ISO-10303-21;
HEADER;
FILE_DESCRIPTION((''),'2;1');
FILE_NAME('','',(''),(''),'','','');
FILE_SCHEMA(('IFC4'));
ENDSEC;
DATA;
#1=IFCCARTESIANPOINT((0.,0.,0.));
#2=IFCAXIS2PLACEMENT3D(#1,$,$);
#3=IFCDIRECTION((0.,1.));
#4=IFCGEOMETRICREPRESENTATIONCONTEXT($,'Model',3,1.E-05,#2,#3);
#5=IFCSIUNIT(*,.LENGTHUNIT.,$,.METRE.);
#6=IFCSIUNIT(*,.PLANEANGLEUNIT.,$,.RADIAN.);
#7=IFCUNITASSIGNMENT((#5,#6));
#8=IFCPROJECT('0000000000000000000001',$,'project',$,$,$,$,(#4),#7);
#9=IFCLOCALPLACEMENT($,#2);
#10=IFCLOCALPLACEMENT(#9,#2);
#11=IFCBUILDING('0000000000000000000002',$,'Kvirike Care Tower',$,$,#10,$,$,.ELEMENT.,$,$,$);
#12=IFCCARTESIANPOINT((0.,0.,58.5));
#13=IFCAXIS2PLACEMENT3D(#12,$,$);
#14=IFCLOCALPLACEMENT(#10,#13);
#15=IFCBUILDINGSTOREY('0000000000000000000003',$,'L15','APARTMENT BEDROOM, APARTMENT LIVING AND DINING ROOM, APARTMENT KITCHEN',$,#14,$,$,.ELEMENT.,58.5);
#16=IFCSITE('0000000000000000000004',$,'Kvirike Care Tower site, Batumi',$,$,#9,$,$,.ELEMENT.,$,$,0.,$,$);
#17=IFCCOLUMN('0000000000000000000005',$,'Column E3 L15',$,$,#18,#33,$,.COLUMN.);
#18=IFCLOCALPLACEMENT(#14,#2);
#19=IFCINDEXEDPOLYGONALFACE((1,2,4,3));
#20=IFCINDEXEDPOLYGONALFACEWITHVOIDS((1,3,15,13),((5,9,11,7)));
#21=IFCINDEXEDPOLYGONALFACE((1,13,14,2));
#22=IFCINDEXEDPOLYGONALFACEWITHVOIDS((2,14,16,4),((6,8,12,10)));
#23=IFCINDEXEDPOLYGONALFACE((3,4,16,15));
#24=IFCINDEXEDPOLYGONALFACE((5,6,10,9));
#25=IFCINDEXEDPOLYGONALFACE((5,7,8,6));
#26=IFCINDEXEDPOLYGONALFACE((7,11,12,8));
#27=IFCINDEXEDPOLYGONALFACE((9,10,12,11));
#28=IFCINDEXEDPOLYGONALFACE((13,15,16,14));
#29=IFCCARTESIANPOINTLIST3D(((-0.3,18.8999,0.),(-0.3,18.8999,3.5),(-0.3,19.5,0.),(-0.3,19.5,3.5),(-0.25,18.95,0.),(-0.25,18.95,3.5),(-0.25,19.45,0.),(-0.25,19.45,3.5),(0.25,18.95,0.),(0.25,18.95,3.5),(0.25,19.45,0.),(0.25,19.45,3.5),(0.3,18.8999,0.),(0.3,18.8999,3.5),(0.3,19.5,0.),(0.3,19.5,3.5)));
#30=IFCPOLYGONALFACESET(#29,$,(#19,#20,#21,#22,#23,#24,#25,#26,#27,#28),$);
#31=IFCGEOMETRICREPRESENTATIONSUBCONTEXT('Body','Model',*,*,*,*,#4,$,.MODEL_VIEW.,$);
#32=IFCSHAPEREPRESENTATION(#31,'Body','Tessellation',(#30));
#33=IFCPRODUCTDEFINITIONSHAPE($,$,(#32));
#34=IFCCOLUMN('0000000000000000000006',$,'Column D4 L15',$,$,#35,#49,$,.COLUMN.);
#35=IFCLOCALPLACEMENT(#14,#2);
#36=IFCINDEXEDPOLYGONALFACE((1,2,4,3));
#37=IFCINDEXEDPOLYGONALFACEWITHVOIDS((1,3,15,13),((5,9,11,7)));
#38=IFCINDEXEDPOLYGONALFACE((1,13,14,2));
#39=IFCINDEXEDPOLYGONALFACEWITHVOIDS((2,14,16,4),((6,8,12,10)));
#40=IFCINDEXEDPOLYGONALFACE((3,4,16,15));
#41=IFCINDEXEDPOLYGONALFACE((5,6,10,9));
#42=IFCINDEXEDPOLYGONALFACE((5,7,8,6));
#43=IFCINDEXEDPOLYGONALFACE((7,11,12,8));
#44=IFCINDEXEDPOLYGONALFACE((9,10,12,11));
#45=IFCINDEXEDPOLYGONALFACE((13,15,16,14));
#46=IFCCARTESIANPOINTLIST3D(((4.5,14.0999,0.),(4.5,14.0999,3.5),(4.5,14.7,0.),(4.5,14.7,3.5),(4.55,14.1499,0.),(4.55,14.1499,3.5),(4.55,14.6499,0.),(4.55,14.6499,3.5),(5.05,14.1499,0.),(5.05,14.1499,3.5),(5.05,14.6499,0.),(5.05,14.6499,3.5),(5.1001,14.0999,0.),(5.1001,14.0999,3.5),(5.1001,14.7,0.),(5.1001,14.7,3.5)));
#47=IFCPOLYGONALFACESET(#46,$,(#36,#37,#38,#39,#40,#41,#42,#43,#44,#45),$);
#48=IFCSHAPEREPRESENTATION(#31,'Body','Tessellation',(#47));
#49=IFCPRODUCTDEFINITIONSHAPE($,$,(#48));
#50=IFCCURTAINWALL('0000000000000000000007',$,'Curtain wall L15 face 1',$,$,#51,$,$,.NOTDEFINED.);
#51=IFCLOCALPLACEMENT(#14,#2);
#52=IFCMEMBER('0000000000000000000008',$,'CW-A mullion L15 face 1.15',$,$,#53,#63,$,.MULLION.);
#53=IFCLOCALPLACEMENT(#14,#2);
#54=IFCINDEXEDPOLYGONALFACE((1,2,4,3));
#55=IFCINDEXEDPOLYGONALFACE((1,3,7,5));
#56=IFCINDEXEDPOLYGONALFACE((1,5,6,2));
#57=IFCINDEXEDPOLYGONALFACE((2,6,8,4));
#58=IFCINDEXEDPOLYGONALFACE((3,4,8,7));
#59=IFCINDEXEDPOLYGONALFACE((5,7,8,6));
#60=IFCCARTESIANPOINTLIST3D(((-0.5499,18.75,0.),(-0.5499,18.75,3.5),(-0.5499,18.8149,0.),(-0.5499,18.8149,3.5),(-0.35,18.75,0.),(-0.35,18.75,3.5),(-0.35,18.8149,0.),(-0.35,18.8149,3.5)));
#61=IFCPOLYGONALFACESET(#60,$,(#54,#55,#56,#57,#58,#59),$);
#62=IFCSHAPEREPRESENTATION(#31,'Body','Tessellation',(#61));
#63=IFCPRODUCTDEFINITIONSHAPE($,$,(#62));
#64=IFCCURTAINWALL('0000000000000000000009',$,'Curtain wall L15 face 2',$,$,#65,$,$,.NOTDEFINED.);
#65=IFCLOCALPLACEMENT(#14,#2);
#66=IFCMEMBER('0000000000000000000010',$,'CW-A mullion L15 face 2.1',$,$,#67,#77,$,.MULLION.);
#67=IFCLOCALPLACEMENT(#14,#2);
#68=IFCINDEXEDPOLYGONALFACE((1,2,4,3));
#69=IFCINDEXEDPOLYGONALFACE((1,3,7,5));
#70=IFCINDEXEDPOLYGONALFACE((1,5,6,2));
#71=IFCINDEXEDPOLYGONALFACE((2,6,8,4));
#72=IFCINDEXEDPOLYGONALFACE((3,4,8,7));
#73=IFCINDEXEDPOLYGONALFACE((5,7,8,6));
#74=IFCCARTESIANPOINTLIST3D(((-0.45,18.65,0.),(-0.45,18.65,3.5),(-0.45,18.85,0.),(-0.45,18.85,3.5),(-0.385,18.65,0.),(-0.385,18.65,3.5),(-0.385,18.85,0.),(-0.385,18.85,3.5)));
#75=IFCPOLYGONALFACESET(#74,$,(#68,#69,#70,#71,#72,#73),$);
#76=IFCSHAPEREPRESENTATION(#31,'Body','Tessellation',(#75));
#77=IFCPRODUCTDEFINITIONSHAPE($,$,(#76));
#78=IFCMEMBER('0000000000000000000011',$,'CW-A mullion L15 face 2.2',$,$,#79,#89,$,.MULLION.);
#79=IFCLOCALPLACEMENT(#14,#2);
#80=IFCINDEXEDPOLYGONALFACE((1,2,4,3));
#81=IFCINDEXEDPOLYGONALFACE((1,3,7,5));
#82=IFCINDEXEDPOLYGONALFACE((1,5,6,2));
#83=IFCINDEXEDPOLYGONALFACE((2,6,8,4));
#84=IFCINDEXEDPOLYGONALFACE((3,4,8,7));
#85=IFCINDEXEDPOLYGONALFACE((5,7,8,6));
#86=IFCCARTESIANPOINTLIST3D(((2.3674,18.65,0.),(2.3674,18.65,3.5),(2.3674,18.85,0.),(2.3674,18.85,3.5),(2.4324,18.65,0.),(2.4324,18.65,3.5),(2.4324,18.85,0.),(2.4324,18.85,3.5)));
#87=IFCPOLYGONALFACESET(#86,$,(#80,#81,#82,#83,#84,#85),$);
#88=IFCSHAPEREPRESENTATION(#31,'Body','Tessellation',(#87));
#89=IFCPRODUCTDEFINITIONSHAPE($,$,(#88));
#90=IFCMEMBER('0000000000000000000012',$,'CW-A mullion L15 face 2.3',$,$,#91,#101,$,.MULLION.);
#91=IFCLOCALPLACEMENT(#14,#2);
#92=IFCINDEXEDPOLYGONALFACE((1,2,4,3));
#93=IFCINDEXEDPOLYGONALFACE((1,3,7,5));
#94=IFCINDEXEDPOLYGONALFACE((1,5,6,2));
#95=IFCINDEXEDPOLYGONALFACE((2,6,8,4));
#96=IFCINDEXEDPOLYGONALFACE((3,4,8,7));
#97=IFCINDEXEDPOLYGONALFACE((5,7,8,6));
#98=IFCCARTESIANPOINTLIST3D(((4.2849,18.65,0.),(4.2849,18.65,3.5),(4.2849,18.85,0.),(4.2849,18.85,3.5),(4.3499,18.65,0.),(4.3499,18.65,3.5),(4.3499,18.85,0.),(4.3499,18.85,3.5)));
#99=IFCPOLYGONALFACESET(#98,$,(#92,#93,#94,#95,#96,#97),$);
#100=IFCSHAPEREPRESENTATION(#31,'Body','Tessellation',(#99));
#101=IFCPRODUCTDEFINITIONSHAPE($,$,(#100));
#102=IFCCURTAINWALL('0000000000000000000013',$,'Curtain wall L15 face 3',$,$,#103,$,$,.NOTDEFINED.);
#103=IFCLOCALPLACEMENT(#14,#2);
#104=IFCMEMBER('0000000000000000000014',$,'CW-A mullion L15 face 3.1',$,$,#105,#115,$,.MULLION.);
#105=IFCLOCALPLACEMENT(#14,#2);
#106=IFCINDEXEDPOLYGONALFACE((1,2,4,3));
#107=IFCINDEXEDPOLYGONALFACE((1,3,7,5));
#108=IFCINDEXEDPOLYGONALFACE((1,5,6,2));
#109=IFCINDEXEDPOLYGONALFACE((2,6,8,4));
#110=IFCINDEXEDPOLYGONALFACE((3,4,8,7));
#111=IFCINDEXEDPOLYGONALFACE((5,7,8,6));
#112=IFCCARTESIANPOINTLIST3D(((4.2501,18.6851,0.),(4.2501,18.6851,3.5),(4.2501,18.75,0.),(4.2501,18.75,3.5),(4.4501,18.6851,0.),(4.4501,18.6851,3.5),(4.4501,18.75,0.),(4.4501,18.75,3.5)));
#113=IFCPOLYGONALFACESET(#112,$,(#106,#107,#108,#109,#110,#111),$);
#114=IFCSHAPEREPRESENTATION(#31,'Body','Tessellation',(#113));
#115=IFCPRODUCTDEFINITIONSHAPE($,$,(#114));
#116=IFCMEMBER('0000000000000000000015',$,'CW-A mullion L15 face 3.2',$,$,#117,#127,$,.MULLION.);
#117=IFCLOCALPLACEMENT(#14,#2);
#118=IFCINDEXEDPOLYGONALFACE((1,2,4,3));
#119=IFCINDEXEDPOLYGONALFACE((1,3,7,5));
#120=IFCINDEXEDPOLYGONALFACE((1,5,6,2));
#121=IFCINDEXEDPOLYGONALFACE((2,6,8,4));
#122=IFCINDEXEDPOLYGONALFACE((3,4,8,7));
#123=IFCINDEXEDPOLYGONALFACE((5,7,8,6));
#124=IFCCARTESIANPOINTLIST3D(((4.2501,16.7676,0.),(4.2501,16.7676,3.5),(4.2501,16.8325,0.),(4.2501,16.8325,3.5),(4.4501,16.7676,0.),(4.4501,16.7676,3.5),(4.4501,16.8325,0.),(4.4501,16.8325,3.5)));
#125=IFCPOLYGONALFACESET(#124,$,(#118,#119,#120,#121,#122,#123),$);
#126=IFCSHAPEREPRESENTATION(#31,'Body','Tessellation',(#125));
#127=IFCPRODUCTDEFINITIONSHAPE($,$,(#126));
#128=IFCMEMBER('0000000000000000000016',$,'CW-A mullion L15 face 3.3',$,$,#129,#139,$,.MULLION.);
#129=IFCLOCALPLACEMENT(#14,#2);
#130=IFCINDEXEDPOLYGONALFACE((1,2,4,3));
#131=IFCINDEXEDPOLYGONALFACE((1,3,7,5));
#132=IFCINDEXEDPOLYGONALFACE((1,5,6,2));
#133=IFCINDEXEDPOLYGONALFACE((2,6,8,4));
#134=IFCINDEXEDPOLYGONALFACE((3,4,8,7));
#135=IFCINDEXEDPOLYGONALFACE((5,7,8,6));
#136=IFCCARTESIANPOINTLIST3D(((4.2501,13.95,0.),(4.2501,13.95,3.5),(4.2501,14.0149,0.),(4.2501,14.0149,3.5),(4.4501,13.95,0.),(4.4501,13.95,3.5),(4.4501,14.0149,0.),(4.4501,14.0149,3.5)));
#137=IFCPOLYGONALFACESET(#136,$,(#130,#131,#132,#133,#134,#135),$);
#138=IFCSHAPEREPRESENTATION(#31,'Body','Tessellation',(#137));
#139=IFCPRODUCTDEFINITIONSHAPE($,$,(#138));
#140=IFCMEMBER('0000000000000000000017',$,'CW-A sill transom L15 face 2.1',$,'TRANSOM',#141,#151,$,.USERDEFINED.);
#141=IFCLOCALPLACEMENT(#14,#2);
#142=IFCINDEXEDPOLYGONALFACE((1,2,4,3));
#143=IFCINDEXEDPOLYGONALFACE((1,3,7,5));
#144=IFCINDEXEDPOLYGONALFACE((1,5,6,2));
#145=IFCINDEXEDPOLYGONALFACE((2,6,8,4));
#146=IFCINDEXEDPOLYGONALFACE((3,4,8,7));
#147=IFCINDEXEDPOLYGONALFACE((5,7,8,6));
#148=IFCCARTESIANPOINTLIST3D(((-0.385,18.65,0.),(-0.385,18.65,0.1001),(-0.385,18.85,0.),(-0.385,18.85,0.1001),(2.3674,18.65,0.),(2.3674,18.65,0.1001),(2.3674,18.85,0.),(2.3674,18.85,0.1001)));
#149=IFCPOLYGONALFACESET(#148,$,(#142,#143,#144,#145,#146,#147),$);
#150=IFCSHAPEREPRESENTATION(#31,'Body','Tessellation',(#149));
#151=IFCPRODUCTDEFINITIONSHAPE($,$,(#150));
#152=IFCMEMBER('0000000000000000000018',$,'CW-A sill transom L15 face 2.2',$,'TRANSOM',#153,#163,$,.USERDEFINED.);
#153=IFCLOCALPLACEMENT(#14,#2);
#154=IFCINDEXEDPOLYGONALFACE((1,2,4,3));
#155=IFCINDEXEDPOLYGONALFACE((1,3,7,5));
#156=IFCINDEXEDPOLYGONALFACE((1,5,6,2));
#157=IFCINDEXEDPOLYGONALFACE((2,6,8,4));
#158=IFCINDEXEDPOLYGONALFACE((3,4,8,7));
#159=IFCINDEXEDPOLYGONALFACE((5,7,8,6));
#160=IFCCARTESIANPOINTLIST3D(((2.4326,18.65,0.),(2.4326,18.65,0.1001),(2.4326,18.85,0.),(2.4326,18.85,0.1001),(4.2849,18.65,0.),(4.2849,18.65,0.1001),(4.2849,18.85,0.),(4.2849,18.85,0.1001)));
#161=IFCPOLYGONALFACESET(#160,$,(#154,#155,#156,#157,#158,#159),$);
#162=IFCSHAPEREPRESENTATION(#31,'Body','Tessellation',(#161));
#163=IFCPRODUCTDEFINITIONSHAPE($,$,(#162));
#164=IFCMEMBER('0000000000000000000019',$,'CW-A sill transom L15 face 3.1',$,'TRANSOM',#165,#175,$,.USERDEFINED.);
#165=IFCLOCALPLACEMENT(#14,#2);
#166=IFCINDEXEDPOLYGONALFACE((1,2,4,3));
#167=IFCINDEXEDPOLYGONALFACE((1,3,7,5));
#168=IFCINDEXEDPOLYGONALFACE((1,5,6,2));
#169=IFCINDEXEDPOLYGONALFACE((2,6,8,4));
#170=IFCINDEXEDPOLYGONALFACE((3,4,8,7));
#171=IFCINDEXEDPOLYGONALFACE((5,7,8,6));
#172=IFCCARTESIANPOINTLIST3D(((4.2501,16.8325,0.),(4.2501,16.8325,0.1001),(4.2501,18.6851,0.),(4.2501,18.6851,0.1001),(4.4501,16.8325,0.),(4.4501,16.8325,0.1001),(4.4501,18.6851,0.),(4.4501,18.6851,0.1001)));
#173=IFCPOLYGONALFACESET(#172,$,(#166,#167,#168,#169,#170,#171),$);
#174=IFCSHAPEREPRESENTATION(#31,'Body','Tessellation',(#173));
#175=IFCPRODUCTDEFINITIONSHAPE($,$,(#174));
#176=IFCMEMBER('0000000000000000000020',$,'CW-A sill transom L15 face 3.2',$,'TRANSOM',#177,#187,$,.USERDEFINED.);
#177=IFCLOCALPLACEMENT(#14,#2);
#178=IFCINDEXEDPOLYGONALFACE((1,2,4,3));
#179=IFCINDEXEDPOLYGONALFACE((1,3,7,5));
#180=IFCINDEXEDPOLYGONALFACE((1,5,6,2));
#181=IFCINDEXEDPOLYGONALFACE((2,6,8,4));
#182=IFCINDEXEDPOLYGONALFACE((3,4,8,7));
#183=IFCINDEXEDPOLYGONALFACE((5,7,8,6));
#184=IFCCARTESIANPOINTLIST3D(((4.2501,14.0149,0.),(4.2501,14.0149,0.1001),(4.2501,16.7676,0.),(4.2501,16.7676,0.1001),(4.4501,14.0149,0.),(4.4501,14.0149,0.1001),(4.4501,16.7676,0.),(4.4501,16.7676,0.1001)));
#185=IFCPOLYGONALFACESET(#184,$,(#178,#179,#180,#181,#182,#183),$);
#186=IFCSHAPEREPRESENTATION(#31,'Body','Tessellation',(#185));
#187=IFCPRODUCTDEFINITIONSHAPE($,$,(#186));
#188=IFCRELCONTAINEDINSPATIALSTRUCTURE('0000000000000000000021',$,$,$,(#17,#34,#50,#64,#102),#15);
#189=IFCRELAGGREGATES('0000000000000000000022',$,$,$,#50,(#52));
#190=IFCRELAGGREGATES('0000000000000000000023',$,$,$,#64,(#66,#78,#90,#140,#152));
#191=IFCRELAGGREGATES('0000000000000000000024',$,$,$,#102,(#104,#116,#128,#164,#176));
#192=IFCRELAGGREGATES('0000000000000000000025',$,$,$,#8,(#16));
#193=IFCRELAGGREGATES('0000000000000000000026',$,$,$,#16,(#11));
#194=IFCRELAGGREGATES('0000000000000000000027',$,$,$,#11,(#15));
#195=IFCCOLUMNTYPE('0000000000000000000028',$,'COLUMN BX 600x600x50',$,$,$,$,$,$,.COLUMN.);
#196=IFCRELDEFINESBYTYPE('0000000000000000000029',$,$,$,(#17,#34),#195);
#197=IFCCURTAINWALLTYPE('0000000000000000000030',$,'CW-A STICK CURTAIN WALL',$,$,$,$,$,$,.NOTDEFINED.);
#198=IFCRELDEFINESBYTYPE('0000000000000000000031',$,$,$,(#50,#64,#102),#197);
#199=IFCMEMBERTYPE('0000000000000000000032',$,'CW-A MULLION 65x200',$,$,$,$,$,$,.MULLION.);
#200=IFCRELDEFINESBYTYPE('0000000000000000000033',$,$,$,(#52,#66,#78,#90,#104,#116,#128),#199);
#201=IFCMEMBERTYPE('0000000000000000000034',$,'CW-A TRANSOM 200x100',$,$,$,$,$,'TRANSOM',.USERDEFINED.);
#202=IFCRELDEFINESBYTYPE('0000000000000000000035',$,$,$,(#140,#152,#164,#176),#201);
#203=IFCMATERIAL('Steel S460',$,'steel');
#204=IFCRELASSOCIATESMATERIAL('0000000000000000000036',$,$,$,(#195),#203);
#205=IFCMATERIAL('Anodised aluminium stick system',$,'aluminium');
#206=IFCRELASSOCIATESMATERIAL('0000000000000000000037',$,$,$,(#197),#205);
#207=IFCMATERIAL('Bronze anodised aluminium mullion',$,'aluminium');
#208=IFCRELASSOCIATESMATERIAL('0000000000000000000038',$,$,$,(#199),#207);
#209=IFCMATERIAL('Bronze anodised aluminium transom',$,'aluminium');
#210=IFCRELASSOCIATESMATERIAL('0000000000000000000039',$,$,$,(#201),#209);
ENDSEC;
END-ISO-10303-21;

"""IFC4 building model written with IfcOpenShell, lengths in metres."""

from ifc_helpers import new_model, si_unit, direction, frame, origin, origin_2d, place, context, subcontext, project, spatial, rectangle, hollow_rectangle, extrude, material, material_profile, profile_set, type_object, element, aggregate, save


model = new_model("IFC4")

# Units and contexts
model_context = context("Model", 3, precision=1e-05, world=origin(), true_north=direction((0.0, 1.0)))
body_context = subcontext(model_context, "Body", "Model", "MODEL_VIEW")
ifc_project = project(units=[si_unit("LENGTHUNIT", "METRE"), si_unit("PLANEANGLEUNIT", "RADIAN")], contexts=[model_context])

# Site, building, storey
site_placement = place(None, origin())
site = spatial("IfcSite", under=ifc_project, at=site_placement, Name="Kvirike Care Tower site, Batumi", CompositionType="ELEMENT", RefElevation=0.0)
building_placement = place(site_placement, origin())
building = spatial("IfcBuilding", under=site, at=building_placement, Name="Kvirike Care Tower", CompositionType="ELEMENT")
storey_placement = place(building_placement, frame((0.0, 0.0, 58.5)))
storey = spatial("IfcBuildingStorey", under=building, at=storey_placement, Name="L15", Description="APARTMENT BEDROOM, APARTMENT LIVING AND DINING ROOM, APARTMENT KITCHEN", CompositionType="ELEMENT", Elevation=58.5)

# Columns
ifc_material_1 = material(Name="Steel S460", Category="steel")
ifc_material_profile_1 = material_profile(ifc_material_1, hollow_rectangle(XDim=0.6001, YDim=0.6001, WallThickness=0.05, at=origin_2d()), Name="BX 600x600x50")
ifc_profile_set_1 = profile_set([ifc_material_profile_1], Name="Steel S460")
column_type = type_object("IfcColumnType", Name="COLUMN BX 600x600x50", PredefinedType="COLUMN", material=ifc_profile_set_1)
for number, where, z_axis, x_axis, name in (
    (1, (0.0, 19.2, 0.0), (0.0, 0.0, 1.0), (0.0, 1.0, 0.0), "Column E3 L15"),
    (2, (4.8, 14.3999, 0.0), (0.0, 0.0, 1.0), (0.0, 1.0, 0.0), "Column D4 L15"),
):
    element("IfcColumn", number, at=place(storey_placement, frame(where, z_axis=z_axis, x_axis=x_axis)), inside=storey, type_object=column_type, Name=name, PredefinedType="COLUMN", context=body_context, shape_type="SweptSolid", body=[
        extrude(hollow_rectangle(XDim=0.6001, YDim=0.6001, WallThickness=0.05, at=origin_2d()), origin(), (0.0, 0.0, 1.0), 3.5),
    ])

# Curtain wall, member
ifc_material_2 = material(Name="Anodised aluminium stick system", Category="aluminium")
curtain_wall_type = type_object("IfcCurtainWallType", Name="CW-A STICK CURTAIN WALL", PredefinedType="NOTDEFINED", material=ifc_material_2)
curtain_wall_1_placement = place(storey_placement, origin())
curtain_wall_1 = element("IfcCurtainWall", 3, at=curtain_wall_1_placement, inside=storey, type_object=curtain_wall_type, Name="Curtain wall L15 face 1", PredefinedType="NOTDEFINED")
ifc_material_3 = material(Name="Bronze anodised aluminium mullion", Category="aluminium")
ifc_material_profile_2 = material_profile(ifc_material_3, rectangle(XDim=0.0649, YDim=0.2, at=origin_2d()), Name="CW-A MULLION 65x200")
ifc_profile_set_2 = profile_set([ifc_material_profile_2], Name="Bronze anodised aluminium mullion")
member_type_1 = type_object("IfcMemberType", Name="CW-A MULLION 65x200", PredefinedType="MULLION", material=ifc_profile_set_2)
member_1_placement = place(storey_placement, frame((-0.45, 18.7825, 0.0), z_axis=(0.0, 0.0, 1.0), x_axis=(0.0, -1.0, 0.0)))
member_1 = element("IfcMember", 4, at=member_1_placement, type_object=member_type_1, Name="CW-A mullion L15 face 1.15", PredefinedType="MULLION", context=body_context, shape_type="SweptSolid", body=[
    extrude(rectangle(XDim=0.0649, YDim=0.2, at=origin_2d()), origin(), (0.0, 0.0, 1.0), 3.5),
])

# Curtain walls, members
curtain_wall_2_placement = place(storey_placement, origin())
curtain_wall_2 = element("IfcCurtainWall", 5, at=curtain_wall_2_placement, inside=storey, type_object=curtain_wall_type, Name="Curtain wall L15 face 2", PredefinedType="NOTDEFINED")
member_2_placement = place(storey_placement, frame((-0.4175, 18.75, 0.0), z_axis=(0.0, 0.0, 1.0), x_axis=(1.0, 0.0, 0.0)))
member_2 = element("IfcMember", 6, at=member_2_placement, type_object=member_type_1, Name="CW-A mullion L15 face 2.1", PredefinedType="MULLION", context=body_context, shape_type="SweptSolid", body=[
    extrude(rectangle(XDim=0.0649, YDim=0.2, at=origin_2d()), origin(), (0.0, 0.0, 1.0), 3.5),
])
member_3_placement = place(storey_placement, frame((2.3999, 18.75, 0.0), z_axis=(0.0, 0.0, 1.0), x_axis=(1.0, 0.0, 0.0)))
member_3 = element("IfcMember", 7, at=member_3_placement, type_object=member_type_1, Name="CW-A mullion L15 face 2.2", PredefinedType="MULLION", context=body_context, shape_type="SweptSolid", body=[
    extrude(rectangle(XDim=0.0649, YDim=0.2, at=origin_2d()), origin(), (0.0, 0.0, 1.0), 3.5),
])
member_4_placement = place(storey_placement, frame((4.3174, 18.75, 0.0), z_axis=(0.0, 0.0, 1.0), x_axis=(1.0, 0.0, 0.0)))
member_4 = element("IfcMember", 8, at=member_4_placement, type_object=member_type_1, Name="CW-A mullion L15 face 2.3", PredefinedType="MULLION", context=body_context, shape_type="SweptSolid", body=[
    extrude(rectangle(XDim=0.0649, YDim=0.2, at=origin_2d()), origin(), (0.0, 0.0, 1.0), 3.5),
])
curtain_wall_3_placement = place(storey_placement, origin())
curtain_wall_3 = element("IfcCurtainWall", 9, at=curtain_wall_3_placement, inside=storey, type_object=curtain_wall_type, Name="Curtain wall L15 face 3", PredefinedType="NOTDEFINED")
member_5_placement = place(storey_placement, frame((4.3501, 18.7175, 0.0), z_axis=(0.0, 0.0, 1.0), x_axis=(0.0, -1.0, 0.0)))
member_5 = element("IfcMember", 10, at=member_5_placement, type_object=member_type_1, Name="CW-A mullion L15 face 3.1", PredefinedType="MULLION", context=body_context, shape_type="SweptSolid", body=[
    extrude(rectangle(XDim=0.0649, YDim=0.2, at=origin_2d()), origin(), (0.0, 0.0, 1.0), 3.5),
])
member_6_placement = place(storey_placement, frame((4.3501, 16.8, 0.0), z_axis=(0.0, 0.0, 1.0), x_axis=(0.0, -1.0, 0.0)))
member_6 = element("IfcMember", 11, at=member_6_placement, type_object=member_type_1, Name="CW-A mullion L15 face 3.2", PredefinedType="MULLION", context=body_context, shape_type="SweptSolid", body=[
    extrude(rectangle(XDim=0.0649, YDim=0.2, at=origin_2d()), origin(), (0.0, 0.0, 1.0), 3.5),
])
member_7_placement = place(storey_placement, frame((4.3501, 13.9824, 0.0), z_axis=(0.0, 0.0, 1.0), x_axis=(0.0, -1.0, 0.0)))
member_7 = element("IfcMember", 12, at=member_7_placement, type_object=member_type_1, Name="CW-A mullion L15 face 3.3", PredefinedType="MULLION", context=body_context, shape_type="SweptSolid", body=[
    extrude(rectangle(XDim=0.0649, YDim=0.2, at=origin_2d()), origin(), (0.0, 0.0, 1.0), 3.5),
])

# Members
ifc_material_4 = material(Name="Bronze anodised aluminium transom", Category="aluminium")
ifc_material_profile_3 = material_profile(ifc_material_4, rectangle(XDim=0.2, YDim=0.1001, at=origin_2d()), Name="CW-A TRANSOM 200x100")
ifc_profile_set_3 = profile_set([ifc_material_profile_3], Name="Bronze anodised aluminium transom")
member_type_2 = type_object("IfcMemberType", Name="CW-A TRANSOM 200x100", ElementType="TRANSOM", PredefinedType="USERDEFINED", material=ifc_profile_set_3)
member_8_placement = place(storey_placement, frame((-0.385, 18.75, 0.05), z_axis=(1.0, 0.0, 0.0), x_axis=(0.0, 1.0, 0.0)))
member_8 = element("IfcMember", 13, at=member_8_placement, type_object=member_type_2, Name="CW-A sill transom L15 face 2.1", ObjectType="TRANSOM", PredefinedType="USERDEFINED", context=body_context, shape_type="SweptSolid", body=[
    extrude(rectangle(XDim=0.2, YDim=0.1001, at=origin_2d()), origin(), (0.0, 0.0, 1.0), 2.7524),
])
member_9_placement = place(storey_placement, frame((2.4326, 18.75, 0.05), z_axis=(1.0, 0.0, 0.0), x_axis=(0.0, 1.0, 0.0)))
member_9 = element("IfcMember", 14, at=member_9_placement, type_object=member_type_2, Name="CW-A sill transom L15 face 2.2", ObjectType="TRANSOM", PredefinedType="USERDEFINED", context=body_context, shape_type="SweptSolid", body=[
    extrude(rectangle(XDim=0.2, YDim=0.1001, at=origin_2d()), origin(), (0.0, 0.0, 1.0), 1.8523),
])
member_10_placement = place(storey_placement, frame((4.3501, 18.6851, 0.05), z_axis=(0.0, -1.0, 0.0), x_axis=(1.0, 0.0, 0.0)))
member_10 = element("IfcMember", 15, at=member_10_placement, type_object=member_type_2, Name="CW-A sill transom L15 face 3.1", ObjectType="TRANSOM", PredefinedType="USERDEFINED", context=body_context, shape_type="SweptSolid", body=[
    extrude(rectangle(XDim=0.2, YDim=0.1001, at=origin_2d()), origin(), (0.0, 0.0, 1.0), 1.8525),
])
member_11_placement = place(storey_placement, frame((4.3501, 16.7676, 0.05), z_axis=(0.0, -1.0, 0.0), x_axis=(1.0, 0.0, 0.0)))
member_11 = element("IfcMember", 16, at=member_11_placement, type_object=member_type_2, Name="CW-A sill transom L15 face 3.2", ObjectType="TRANSOM", PredefinedType="USERDEFINED", context=body_context, shape_type="SweptSolid", body=[
    extrude(rectangle(XDim=0.2, YDim=0.1001, at=origin_2d()), origin(), (0.0, 0.0, 1.0), 2.7527),
])

aggregate(curtain_wall_1, [member_1])
aggregate(curtain_wall_2, [member_2, member_3, member_4, member_8, member_9])
aggregate(curtain_wall_3, [member_5, member_6, member_7, member_10, member_11])

save(model, "model.ifc")
